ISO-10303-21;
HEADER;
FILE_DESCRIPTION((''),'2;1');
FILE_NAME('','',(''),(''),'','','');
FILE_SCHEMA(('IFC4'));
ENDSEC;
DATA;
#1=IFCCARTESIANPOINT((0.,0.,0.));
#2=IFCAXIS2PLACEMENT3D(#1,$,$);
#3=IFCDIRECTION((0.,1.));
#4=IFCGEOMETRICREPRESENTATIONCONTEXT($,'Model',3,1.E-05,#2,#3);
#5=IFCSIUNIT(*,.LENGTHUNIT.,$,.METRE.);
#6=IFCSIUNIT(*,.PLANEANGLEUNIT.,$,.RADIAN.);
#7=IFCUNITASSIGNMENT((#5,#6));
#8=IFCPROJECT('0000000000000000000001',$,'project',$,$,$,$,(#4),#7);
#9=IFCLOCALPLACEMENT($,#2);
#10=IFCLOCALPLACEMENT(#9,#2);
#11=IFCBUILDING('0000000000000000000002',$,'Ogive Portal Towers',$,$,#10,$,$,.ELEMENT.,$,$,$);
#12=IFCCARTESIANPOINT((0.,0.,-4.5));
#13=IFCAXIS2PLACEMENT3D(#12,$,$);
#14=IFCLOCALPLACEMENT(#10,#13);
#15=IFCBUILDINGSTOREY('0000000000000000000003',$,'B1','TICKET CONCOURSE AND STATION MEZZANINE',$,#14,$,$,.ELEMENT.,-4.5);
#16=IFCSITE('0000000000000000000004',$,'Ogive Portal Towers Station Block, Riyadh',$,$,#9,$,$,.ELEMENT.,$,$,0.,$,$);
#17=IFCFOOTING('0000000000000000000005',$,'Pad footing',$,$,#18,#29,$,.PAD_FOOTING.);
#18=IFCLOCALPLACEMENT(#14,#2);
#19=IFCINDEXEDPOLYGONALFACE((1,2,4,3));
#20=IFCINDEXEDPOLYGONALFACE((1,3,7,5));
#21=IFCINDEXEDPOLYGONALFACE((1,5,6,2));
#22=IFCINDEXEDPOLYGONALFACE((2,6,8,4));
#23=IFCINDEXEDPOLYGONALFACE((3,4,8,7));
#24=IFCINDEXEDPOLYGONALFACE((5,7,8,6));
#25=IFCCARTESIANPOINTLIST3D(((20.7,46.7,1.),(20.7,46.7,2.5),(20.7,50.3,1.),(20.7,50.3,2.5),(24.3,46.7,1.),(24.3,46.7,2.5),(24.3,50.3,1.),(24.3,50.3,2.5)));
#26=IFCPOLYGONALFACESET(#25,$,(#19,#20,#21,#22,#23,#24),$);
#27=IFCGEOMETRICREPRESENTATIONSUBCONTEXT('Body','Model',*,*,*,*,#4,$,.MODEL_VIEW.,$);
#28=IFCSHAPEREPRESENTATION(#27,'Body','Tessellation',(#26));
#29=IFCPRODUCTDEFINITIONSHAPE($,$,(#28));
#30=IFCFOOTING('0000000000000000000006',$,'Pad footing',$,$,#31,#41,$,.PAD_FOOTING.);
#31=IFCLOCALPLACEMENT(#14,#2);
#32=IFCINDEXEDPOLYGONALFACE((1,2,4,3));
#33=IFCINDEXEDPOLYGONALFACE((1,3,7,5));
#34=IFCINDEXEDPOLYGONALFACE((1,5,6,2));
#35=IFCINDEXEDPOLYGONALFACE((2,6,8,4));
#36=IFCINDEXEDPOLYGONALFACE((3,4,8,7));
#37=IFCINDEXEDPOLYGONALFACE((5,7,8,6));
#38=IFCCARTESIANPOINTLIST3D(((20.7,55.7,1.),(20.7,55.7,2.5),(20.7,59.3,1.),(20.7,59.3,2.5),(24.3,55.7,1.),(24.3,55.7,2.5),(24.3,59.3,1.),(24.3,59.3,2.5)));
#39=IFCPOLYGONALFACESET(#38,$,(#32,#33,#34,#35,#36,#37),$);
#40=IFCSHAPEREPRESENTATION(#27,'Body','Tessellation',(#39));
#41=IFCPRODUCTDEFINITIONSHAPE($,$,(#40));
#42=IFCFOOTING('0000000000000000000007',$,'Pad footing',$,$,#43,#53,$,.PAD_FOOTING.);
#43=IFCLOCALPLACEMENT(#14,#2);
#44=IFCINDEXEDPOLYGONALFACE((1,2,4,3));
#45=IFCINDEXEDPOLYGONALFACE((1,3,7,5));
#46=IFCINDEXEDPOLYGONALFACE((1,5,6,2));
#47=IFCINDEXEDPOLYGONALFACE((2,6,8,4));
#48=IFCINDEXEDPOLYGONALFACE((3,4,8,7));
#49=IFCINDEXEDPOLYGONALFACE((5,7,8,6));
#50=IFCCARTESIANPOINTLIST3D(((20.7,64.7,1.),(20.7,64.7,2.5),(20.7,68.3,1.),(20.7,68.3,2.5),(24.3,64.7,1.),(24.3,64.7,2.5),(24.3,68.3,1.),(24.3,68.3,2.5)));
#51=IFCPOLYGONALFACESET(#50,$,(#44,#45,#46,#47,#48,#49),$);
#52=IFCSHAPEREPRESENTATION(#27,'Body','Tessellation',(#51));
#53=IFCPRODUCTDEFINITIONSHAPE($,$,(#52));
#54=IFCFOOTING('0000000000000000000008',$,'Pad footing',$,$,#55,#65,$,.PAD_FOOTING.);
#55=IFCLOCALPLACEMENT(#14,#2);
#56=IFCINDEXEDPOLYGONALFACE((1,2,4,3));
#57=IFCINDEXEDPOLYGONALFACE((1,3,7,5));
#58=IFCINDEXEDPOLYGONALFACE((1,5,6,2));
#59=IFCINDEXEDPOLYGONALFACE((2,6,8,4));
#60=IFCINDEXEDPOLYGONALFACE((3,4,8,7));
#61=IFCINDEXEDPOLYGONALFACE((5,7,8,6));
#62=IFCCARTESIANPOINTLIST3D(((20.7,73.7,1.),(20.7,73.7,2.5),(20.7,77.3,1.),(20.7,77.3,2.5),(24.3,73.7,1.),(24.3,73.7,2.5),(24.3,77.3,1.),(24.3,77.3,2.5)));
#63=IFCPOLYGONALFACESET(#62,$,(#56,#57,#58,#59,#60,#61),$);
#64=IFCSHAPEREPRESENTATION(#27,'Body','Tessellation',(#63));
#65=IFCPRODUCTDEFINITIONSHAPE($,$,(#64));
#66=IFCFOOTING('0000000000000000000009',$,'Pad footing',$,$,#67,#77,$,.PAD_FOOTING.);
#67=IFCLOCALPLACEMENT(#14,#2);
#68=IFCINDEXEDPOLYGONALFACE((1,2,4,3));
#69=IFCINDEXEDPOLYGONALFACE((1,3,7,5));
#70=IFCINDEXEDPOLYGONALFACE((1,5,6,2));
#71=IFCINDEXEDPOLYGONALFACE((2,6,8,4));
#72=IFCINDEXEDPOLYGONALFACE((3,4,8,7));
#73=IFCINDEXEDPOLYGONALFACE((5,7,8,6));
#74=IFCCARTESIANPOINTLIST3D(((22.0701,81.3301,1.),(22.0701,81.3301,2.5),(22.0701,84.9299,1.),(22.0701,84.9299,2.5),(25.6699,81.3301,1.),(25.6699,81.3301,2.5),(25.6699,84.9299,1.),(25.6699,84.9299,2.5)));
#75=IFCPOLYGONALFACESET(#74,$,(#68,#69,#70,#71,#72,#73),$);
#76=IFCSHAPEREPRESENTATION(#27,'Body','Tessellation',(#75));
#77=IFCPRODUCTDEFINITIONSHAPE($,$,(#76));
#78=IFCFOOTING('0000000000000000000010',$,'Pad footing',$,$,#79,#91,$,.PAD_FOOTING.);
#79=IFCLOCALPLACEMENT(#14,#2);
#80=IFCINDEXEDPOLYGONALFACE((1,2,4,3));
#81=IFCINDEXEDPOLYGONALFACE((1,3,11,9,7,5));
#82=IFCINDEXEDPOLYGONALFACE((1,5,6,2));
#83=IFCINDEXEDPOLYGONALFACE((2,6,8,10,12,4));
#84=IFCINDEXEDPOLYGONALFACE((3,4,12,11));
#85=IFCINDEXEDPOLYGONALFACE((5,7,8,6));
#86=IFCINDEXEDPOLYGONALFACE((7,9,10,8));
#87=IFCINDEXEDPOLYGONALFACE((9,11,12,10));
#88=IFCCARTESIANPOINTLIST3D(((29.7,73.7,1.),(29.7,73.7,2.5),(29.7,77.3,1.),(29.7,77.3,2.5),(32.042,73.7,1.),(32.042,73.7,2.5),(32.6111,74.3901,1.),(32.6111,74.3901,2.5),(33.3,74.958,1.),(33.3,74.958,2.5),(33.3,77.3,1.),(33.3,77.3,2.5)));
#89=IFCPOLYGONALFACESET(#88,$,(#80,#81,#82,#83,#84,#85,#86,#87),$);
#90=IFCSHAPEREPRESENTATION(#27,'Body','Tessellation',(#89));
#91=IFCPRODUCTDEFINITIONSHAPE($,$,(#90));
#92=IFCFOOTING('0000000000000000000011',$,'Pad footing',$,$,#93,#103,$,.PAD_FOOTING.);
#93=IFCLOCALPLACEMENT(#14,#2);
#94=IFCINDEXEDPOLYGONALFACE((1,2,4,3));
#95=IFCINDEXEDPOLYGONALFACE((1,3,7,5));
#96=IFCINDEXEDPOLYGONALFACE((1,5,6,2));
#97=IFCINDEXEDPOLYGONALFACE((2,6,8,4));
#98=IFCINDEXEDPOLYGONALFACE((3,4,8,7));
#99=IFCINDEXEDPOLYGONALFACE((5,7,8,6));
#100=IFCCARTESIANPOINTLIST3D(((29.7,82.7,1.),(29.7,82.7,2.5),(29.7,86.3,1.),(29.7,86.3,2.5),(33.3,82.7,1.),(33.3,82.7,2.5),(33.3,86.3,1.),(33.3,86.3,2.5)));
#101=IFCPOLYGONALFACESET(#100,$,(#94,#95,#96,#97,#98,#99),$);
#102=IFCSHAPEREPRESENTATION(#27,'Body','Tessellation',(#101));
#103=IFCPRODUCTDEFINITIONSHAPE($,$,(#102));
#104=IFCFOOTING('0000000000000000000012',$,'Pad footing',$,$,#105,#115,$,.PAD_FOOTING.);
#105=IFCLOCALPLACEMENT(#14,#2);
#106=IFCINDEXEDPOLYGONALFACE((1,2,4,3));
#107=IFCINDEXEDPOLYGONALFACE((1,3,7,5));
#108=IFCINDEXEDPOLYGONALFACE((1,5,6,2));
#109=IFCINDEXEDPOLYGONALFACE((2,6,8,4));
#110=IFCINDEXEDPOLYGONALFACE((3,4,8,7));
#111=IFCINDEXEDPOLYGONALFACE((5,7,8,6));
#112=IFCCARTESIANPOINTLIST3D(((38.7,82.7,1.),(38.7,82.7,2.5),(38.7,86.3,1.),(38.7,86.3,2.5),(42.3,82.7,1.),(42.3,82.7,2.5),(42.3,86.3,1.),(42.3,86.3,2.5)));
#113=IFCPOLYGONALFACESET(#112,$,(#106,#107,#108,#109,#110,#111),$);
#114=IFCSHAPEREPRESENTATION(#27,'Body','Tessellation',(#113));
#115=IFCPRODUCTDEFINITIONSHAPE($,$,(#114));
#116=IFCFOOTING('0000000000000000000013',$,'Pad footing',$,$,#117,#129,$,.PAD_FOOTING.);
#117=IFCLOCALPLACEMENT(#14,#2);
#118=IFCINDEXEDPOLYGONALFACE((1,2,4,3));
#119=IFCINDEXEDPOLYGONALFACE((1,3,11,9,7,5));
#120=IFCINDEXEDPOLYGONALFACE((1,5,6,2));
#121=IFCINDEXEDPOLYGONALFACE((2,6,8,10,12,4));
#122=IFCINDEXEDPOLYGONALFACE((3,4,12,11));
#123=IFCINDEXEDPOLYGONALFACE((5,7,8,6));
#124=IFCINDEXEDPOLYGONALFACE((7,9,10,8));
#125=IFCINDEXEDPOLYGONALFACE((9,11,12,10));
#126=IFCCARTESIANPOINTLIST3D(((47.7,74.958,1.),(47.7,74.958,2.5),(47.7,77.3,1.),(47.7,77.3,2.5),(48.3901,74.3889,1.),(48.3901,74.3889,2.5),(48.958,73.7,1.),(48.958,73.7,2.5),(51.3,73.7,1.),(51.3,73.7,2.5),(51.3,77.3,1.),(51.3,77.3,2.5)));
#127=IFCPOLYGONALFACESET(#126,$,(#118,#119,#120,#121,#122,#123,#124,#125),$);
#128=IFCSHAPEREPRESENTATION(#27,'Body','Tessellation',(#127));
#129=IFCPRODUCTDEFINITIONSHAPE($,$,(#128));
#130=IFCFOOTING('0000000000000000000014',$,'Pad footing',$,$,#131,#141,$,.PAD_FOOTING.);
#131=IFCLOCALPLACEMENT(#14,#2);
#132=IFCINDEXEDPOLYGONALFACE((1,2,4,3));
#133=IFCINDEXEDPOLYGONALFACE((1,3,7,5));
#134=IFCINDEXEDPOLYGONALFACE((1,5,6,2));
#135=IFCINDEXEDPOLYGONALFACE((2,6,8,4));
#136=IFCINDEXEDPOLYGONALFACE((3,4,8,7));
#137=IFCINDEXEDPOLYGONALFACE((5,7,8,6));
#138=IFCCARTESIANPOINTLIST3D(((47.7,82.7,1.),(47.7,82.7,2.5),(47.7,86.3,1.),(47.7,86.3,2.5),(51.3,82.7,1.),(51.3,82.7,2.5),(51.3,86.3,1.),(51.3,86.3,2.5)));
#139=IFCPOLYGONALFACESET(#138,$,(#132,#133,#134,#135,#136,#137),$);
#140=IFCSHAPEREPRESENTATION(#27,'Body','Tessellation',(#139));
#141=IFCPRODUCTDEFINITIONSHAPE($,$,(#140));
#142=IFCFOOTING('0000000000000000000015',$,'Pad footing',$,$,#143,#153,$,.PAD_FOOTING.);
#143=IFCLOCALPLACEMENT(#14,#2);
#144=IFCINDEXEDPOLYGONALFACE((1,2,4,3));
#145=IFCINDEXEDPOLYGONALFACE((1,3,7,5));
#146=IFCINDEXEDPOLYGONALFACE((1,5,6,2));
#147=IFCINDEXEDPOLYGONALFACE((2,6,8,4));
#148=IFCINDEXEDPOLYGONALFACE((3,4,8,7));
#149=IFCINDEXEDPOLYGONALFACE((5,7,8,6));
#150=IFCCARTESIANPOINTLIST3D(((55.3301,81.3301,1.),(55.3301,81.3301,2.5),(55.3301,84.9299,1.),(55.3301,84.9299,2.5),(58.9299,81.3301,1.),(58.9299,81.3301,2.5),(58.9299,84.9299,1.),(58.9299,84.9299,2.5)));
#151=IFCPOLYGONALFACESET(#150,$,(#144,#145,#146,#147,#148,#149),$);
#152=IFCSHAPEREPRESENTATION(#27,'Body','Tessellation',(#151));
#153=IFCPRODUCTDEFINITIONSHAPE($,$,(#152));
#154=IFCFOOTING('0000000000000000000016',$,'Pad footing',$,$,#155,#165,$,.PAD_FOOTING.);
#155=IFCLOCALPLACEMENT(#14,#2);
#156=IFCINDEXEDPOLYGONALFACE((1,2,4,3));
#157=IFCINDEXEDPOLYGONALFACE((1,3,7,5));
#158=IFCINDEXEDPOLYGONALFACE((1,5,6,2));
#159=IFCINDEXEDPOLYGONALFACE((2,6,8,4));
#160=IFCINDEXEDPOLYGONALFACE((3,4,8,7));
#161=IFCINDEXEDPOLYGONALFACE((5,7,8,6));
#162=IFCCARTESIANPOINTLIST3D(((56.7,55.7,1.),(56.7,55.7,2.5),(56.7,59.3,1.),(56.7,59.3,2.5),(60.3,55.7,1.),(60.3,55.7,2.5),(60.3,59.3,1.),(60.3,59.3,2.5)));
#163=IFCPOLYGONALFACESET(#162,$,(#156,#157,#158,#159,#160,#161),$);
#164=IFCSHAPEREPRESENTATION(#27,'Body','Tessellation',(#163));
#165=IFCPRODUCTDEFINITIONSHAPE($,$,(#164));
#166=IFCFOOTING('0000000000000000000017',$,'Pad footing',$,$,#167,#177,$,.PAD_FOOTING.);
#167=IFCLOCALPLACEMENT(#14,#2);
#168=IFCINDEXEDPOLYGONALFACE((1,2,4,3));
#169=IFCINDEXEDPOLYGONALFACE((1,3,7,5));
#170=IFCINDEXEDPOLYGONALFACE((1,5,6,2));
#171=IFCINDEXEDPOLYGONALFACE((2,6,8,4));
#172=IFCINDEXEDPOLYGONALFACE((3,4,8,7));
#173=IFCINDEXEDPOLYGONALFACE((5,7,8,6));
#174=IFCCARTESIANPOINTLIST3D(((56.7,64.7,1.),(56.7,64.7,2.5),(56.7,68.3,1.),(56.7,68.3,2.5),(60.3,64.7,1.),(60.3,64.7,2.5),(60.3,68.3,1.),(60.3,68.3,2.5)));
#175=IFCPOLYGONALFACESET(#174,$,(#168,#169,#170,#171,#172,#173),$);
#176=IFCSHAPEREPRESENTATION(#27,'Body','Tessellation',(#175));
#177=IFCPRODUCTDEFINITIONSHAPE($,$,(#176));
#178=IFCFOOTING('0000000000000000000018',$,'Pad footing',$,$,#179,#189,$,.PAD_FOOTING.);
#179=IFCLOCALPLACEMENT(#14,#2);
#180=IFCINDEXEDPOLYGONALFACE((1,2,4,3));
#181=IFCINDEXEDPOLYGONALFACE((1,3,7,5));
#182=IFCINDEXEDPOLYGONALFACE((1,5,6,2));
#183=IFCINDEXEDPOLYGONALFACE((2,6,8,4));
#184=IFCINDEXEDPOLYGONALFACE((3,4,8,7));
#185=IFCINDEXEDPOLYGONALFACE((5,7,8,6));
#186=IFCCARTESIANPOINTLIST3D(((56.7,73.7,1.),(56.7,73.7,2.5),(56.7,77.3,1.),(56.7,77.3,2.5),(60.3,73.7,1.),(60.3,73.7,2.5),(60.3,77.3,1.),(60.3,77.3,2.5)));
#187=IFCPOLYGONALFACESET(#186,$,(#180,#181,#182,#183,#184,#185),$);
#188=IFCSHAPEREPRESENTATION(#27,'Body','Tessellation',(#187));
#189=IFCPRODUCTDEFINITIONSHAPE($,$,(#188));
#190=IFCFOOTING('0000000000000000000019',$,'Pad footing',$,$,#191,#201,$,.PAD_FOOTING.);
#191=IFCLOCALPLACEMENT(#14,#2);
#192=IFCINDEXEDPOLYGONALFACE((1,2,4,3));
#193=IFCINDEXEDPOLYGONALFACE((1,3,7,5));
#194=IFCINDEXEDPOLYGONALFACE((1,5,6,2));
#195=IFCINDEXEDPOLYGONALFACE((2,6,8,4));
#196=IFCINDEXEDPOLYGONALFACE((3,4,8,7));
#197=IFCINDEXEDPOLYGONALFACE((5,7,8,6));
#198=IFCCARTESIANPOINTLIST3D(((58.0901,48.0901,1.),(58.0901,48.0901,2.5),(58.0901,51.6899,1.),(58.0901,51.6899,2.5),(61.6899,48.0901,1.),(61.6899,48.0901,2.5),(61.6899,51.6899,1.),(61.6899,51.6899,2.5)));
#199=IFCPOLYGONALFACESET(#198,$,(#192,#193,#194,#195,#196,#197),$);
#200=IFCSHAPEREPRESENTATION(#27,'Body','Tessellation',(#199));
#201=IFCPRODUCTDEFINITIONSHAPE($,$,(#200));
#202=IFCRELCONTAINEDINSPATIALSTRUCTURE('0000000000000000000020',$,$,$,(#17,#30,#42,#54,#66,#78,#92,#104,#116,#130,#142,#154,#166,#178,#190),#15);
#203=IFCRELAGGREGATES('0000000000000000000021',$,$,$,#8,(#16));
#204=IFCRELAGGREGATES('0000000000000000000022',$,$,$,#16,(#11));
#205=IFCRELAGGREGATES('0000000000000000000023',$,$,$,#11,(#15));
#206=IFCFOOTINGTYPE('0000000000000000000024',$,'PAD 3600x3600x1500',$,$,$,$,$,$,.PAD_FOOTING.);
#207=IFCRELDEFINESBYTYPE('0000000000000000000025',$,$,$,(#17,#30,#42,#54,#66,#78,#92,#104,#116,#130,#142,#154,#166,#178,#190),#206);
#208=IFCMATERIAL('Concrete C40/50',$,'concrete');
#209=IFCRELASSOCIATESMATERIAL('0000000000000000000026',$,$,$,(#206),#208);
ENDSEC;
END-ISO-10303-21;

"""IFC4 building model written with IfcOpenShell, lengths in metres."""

from ifc_helpers import new_model, si_unit, direction, frame, origin, place, context, subcontext, project, spatial, polyline, outline, extrude, material, type_object, element, save


model = new_model("IFC4")

# Units and contexts
model_context = context("Model", 3, precision=1e-05, world=origin(), true_north=direction((0.0, 1.0)))
body_context = subcontext(model_context, "Body", "Model", "MODEL_VIEW")
ifc_project = project(units=[si_unit("LENGTHUNIT", "METRE"), si_unit("PLANEANGLEUNIT", "RADIAN")], contexts=[model_context])

# Site, building, storey
site_placement = place(None, origin())
site = spatial("IfcSite", under=ifc_project, at=site_placement, Name="Ogive Portal Towers Station Block, Riyadh", CompositionType="ELEMENT", RefElevation=0.0)
building_placement = place(site_placement, origin())
building = spatial("IfcBuilding", under=site, at=building_placement, Name="Ogive Portal Towers", CompositionType="ELEMENT")
storey_placement = place(building_placement, frame((0.0, 0.0, -4.5)))
storey = spatial("IfcBuildingStorey", under=building, at=storey_placement, Name="B1", Description="TICKET CONCOURSE AND STATION MEZZANINE", CompositionType="ELEMENT", Elevation=-4.5)

# Footings
ifc_material_1 = material(Name="Concrete C40/50", Category="concrete")
footing_type_1 = type_object("IfcFootingType", Name="PAD 3600x3600x1500", PredefinedType="PAD_FOOTING", material=ifc_material_1)
footing_1_placement = place(storey_placement, frame((0.0, 0.0, 1.0)))
element("IfcFooting", 1, at=footing_1_placement, inside=storey, type_object=footing_type_1, Name="Pad footing", PredefinedType="PAD_FOOTING", context=body_context, shape_type="SweptSolid", body=[
    extrude(outline(polyline([(24.3, 46.7), (24.3, 50.3), (20.7, 50.3), (20.7, 46.7), (24.3, 46.7)])), origin(), (0.0, 0.0, 1.0), 1.5),
])
footing_2_placement = place(storey_placement, frame((0.0, 0.0, 1.0)))
element("IfcFooting", 2, at=footing_2_placement, inside=storey, type_object=footing_type_1, Name="Pad footing", PredefinedType="PAD_FOOTING", context=body_context, shape_type="SweptSolid", body=[
    extrude(outline(polyline([(24.3, 55.7), (24.3, 59.3), (20.7, 59.3), (20.7, 55.7), (24.3, 55.7)])), origin(), (0.0, 0.0, 1.0), 1.5),
])
footing_3_placement = place(storey_placement, frame((0.0, 0.0, 1.0)))
element("IfcFooting", 3, at=footing_3_placement, inside=storey, type_object=footing_type_1, Name="Pad footing", PredefinedType="PAD_FOOTING", context=body_context, shape_type="SweptSolid", body=[
    extrude(outline(polyline([(24.3, 64.7), (24.3, 68.3), (20.7, 68.3), (20.7, 64.7), (24.3, 64.7)])), origin(), (0.0, 0.0, 1.0), 1.5),
])
footing_4_placement = place(storey_placement, frame((0.0, 0.0, 1.0)))
element("IfcFooting", 4, at=footing_4_placement, inside=storey, type_object=footing_type_1, Name="Pad footing", PredefinedType="PAD_FOOTING", context=body_context, shape_type="SweptSolid", body=[
    extrude(outline(polyline([(24.3, 73.7), (24.3, 77.3), (20.7, 77.3), (20.7, 73.7), (24.3, 73.7)])), origin(), (0.0, 0.0, 1.0), 1.5),
])
footing_5_placement = place(storey_placement, frame((0.0, 0.0, 1.0)))
element("IfcFooting", 5, at=footing_5_placement, inside=storey, type_object=footing_type_1, Name="Pad footing", PredefinedType="PAD_FOOTING", context=body_context, shape_type="SweptSolid", body=[
    extrude(outline(polyline([(25.6699, 81.3301), (25.6699, 84.9299), (22.0701, 84.9299), (22.0701, 81.3301), (25.6699, 81.3301)])), origin(), (0.0, 0.0, 1.0), 1.5),
])
footing_6_placement = place(storey_placement, frame((0.0, 0.0, 1.0)))
element("IfcFooting", 6, at=footing_6_placement, inside=storey, type_object=footing_type_1, Name="Pad footing", PredefinedType="PAD_FOOTING", context=body_context, shape_type="SweptSolid", body=[
    extrude(outline(polyline([(29.7, 73.7), (32.042, 73.7), (32.6111, 74.3901), (33.3, 74.958), (33.3, 77.3), (29.7, 77.3), (29.7, 73.7)])), origin(), (0.0, 0.0, 1.0), 1.5),
])
footing_7_placement = place(storey_placement, frame((0.0, 0.0, 1.0)))
element("IfcFooting", 7, at=footing_7_placement, inside=storey, type_object=footing_type_1, Name="Pad footing", PredefinedType="PAD_FOOTING", context=body_context, shape_type="SweptSolid", body=[
    extrude(outline(polyline([(33.3, 82.7), (33.3, 86.3), (29.7, 86.3), (29.7, 82.7), (33.3, 82.7)])), origin(), (0.0, 0.0, 1.0), 1.5),
])
footing_8_placement = place(storey_placement, frame((0.0, 0.0, 1.0)))
element("IfcFooting", 8, at=footing_8_placement, inside=storey, type_object=footing_type_1, Name="Pad footing", PredefinedType="PAD_FOOTING", context=body_context, shape_type="SweptSolid", body=[
    extrude(outline(polyline([(42.3, 82.7), (42.3, 86.3), (38.7, 86.3), (38.7, 82.7), (42.3, 82.7)])), origin(), (0.0, 0.0, 1.0), 1.5),
])
footing_9_placement = place(storey_placement, frame((0.0, 0.0, 1.0)))
element("IfcFooting", 9, at=footing_9_placement, inside=storey, type_object=footing_type_1, Name="Pad footing", PredefinedType="PAD_FOOTING", context=body_context, shape_type="SweptSolid", body=[
    extrude(outline(polyline([(47.7, 77.3), (47.7, 74.958), (48.3901, 74.3889), (48.958, 73.7), (51.3, 73.7), (51.3, 77.3), (47.7, 77.3)])), origin(), (0.0, 0.0, 1.0), 1.5),
])
footing_10_placement = place(storey_placement, frame((0.0, 0.0, 1.0)))
element("IfcFooting", 10, at=footing_10_placement, inside=storey, type_object=footing_type_1, Name="Pad footing", PredefinedType="PAD_FOOTING", context=body_context, shape_type="SweptSolid", body=[
    extrude(outline(polyline([(51.3, 82.7), (51.3, 86.3), (47.7, 86.3), (47.7, 82.7), (51.3, 82.7)])), origin(), (0.0, 0.0, 1.0), 1.5),
])
footing_11_placement = place(storey_placement, frame((0.0, 0.0, 1.0)))
element("IfcFooting", 11, at=footing_11_placement, inside=storey, type_object=footing_type_1, Name="Pad footing", PredefinedType="PAD_FOOTING", context=body_context, shape_type="SweptSolid", body=[
    extrude(outline(polyline([(58.9299, 81.3301), (58.9299, 84.9299), (55.3301, 84.9299), (55.3301, 81.3301), (58.9299, 81.3301)])), origin(), (0.0, 0.0, 1.0), 1.5),
])
footing_12_placement = place(storey_placement, frame((0.0, 0.0, 1.0)))
element("IfcFooting", 12, at=footing_12_placement, inside=storey, type_object=footing_type_1, Name="Pad footing", PredefinedType="PAD_FOOTING", context=body_context, shape_type="SweptSolid", body=[
    extrude(outline(polyline([(60.3, 55.7), (60.3, 59.3), (56.7, 59.3), (56.7, 55.7), (60.3, 55.7)])), origin(), (0.0, 0.0, 1.0), 1.5),
])
footing_13_placement = place(storey_placement, frame((0.0, 0.0, 1.0)))
element("IfcFooting", 13, at=footing_13_placement, inside=storey, type_object=footing_type_1, Name="Pad footing", PredefinedType="PAD_FOOTING", context=body_context, shape_type="SweptSolid", body=[
    extrude(outline(polyline([(60.3, 64.7), (60.3, 68.3), (56.7, 68.3), (56.7, 64.7), (60.3, 64.7)])), origin(), (0.0, 0.0, 1.0), 1.5),
])
footing_14_placement = place(storey_placement, frame((0.0, 0.0, 1.0)))
element("IfcFooting", 14, at=footing_14_placement, inside=storey, type_object=footing_type_1, Name="Pad footing", PredefinedType="PAD_FOOTING", context=body_context, shape_type="SweptSolid", body=[
    extrude(outline(polyline([(60.3, 73.7), (60.3, 77.3), (56.7, 77.3), (56.7, 73.7), (60.3, 73.7)])), origin(), (0.0, 0.0, 1.0), 1.5),
])
footing_15_placement = place(storey_placement, frame((0.0, 0.0, 1.0)))
element("IfcFooting", 15, at=footing_15_placement, inside=storey, type_object=footing_type_1, Name="Pad footing", PredefinedType="PAD_FOOTING", context=body_context, shape_type="SweptSolid", body=[
    extrude(outline(polyline([(61.6899, 48.0901), (61.6899, 51.6899), (58.0901, 51.6899), (58.0901, 48.0901), (61.6899, 48.0901)])), origin(), (0.0, 0.0, 1.0), 1.5),
])

save(model, "model.ifc")
